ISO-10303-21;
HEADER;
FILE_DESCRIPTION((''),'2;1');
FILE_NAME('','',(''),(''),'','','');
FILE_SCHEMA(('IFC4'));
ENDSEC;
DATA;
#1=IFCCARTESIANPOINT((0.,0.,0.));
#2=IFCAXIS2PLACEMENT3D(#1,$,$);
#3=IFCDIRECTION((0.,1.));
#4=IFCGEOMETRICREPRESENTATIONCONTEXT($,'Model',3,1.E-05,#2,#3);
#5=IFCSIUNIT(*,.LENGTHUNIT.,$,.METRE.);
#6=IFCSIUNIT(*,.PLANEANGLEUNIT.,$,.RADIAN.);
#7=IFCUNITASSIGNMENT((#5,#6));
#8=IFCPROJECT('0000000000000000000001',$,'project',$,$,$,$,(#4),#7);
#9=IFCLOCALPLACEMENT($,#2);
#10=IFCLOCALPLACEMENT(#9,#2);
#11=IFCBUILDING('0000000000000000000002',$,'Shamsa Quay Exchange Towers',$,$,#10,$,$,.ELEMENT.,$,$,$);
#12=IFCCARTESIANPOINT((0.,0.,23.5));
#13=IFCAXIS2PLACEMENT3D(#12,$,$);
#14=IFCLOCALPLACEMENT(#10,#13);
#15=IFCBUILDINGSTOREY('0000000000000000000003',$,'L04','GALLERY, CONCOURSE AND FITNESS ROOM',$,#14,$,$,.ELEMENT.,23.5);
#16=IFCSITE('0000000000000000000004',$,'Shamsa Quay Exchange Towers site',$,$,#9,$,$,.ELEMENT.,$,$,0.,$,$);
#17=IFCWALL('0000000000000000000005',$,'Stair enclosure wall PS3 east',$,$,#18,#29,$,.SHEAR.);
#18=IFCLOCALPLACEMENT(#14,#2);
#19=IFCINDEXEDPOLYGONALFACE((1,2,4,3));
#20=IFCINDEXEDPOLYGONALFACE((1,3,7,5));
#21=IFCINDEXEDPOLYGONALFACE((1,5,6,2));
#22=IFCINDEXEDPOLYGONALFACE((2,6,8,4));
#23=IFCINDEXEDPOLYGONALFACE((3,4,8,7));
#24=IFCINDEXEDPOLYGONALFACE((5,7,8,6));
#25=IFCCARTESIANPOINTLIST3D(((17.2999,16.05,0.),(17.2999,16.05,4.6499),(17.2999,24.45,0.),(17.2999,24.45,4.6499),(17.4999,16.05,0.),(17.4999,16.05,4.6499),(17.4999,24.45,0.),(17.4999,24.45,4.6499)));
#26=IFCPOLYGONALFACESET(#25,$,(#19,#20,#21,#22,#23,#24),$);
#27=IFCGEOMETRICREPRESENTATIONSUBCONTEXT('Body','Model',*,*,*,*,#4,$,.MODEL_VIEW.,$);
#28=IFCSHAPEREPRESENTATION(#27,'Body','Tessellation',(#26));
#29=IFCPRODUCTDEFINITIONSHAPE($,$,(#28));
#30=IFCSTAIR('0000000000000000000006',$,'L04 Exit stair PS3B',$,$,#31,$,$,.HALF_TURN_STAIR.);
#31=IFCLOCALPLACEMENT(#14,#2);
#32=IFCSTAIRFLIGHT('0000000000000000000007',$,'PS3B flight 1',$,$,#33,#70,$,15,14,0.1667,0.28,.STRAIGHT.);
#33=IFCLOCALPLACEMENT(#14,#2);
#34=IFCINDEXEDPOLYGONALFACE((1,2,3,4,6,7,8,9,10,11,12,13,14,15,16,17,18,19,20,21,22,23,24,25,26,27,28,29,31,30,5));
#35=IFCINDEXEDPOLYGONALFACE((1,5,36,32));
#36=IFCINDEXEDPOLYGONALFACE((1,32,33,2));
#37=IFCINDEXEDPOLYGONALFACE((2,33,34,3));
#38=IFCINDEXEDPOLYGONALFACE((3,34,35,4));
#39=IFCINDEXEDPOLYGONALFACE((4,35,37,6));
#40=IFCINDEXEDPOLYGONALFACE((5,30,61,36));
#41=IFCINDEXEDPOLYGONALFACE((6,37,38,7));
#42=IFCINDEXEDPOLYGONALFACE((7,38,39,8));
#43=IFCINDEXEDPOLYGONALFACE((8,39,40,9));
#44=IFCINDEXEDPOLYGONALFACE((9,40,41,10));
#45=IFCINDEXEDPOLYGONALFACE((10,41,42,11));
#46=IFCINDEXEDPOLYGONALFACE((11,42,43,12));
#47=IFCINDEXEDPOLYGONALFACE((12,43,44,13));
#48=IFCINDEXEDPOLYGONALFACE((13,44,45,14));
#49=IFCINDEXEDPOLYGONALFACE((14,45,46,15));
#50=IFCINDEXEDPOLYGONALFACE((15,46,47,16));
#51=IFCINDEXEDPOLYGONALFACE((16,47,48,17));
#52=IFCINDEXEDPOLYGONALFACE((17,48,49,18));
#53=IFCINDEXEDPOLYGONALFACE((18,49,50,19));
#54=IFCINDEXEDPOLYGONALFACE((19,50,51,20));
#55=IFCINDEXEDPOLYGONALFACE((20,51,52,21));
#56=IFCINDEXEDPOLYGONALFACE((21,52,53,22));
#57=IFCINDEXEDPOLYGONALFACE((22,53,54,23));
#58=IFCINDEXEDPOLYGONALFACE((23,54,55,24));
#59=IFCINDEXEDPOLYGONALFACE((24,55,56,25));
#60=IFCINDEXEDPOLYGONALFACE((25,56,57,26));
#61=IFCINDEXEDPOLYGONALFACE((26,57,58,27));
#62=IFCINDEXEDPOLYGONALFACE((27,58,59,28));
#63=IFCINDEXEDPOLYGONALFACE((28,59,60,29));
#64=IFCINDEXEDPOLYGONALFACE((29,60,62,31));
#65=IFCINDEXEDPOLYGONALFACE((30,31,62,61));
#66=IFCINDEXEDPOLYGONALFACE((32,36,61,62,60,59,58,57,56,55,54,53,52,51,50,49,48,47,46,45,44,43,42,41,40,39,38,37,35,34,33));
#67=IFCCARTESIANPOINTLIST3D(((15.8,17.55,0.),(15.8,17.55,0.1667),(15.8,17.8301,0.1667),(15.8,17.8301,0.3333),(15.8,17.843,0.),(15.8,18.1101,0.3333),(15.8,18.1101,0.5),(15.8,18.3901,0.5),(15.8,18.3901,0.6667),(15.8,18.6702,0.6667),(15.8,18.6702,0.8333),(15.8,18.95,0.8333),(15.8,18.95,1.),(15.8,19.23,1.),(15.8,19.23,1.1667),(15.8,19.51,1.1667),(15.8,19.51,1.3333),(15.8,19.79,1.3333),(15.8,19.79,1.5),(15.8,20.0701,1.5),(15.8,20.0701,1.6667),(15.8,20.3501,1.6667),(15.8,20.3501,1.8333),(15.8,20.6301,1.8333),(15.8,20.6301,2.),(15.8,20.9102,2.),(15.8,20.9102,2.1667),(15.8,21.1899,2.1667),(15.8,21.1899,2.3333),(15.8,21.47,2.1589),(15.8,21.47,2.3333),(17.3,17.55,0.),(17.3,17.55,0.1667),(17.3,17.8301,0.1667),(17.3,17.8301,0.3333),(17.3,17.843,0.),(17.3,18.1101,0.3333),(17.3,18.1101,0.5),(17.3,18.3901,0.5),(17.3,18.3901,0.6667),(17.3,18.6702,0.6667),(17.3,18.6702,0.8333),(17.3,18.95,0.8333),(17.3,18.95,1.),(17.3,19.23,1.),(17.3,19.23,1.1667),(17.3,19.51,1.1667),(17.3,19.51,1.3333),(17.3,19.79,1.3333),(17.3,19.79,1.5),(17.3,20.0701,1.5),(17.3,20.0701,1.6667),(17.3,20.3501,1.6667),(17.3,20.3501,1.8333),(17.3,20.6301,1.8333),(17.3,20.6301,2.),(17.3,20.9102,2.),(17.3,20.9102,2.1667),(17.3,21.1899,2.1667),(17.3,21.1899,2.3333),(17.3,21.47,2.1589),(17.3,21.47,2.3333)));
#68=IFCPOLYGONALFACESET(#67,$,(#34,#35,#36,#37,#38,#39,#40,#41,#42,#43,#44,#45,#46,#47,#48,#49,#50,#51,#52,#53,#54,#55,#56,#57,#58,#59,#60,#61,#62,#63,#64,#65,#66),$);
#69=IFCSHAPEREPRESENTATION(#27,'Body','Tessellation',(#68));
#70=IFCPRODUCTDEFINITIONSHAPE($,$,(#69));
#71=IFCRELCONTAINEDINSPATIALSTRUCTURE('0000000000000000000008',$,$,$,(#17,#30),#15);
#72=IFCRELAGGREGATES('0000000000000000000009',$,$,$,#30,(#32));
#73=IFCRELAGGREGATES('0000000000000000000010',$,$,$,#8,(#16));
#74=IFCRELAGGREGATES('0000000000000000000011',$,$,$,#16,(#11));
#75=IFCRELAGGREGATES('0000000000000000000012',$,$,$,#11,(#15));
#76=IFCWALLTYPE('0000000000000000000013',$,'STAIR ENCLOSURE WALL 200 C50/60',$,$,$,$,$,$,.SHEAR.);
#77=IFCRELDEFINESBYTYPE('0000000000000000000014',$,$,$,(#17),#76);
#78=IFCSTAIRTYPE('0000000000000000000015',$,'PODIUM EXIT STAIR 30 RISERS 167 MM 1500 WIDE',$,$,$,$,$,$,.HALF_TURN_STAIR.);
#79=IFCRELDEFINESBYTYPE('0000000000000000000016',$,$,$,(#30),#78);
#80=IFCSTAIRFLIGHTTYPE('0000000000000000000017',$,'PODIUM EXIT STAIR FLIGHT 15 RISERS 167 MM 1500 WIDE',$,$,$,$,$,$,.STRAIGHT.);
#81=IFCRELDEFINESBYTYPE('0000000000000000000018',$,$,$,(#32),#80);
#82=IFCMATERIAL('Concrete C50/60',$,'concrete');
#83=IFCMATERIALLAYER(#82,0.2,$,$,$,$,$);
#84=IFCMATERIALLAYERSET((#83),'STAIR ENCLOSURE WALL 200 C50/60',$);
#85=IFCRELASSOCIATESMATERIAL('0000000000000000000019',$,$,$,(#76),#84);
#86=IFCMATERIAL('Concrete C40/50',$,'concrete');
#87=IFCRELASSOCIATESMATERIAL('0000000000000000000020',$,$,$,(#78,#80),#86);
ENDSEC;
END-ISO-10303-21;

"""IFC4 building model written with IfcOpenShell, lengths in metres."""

from ifc_helpers import new_model, si_unit, direction, frame, frame_2d, origin, place, context, subcontext, project, spatial, polyline, rectangle, outline, extrude, material, layer, layer_set, type_object, element, aggregate, save


model = new_model("IFC4")

# Units and contexts
model_context = context("Model", 3, precision=1e-05, world=origin(), true_north=direction((0.0, 1.0)))
body_context = subcontext(model_context, "Body", "Model", "MODEL_VIEW")
ifc_project = project(units=[si_unit("LENGTHUNIT", "METRE"), si_unit("PLANEANGLEUNIT", "RADIAN")], contexts=[model_context])

# Site, building, storey
site_placement = place(None, origin())
site = spatial("IfcSite", under=ifc_project, at=site_placement, Name="Shamsa Quay Exchange Towers site", CompositionType="ELEMENT", RefElevation=0.0)
building_placement = place(site_placement, origin())
building = spatial("IfcBuilding", under=site, at=building_placement, Name="Shamsa Quay Exchange Towers", CompositionType="ELEMENT")
storey_placement = place(building_placement, frame((0.0, 0.0, 23.5)))
storey = spatial("IfcBuildingStorey", under=building, at=storey_placement, Name="L04", Description="GALLERY, CONCOURSE AND FITNESS ROOM", CompositionType="ELEMENT", Elevation=23.5)

# Wall
ifc_material_1 = material(Name="Concrete C50/60", Category="concrete")
ifc_layer_1 = layer(ifc_material_1, 0.2)
ifc_layer_set_1 = layer_set([ifc_layer_1], Name="STAIR ENCLOSURE WALL 200 C50/60")
wall_type_1 = type_object("IfcWallType", Name="STAIR ENCLOSURE WALL 200 C50/60", PredefinedType="SHEAR", material=ifc_layer_set_1)
wall_1_placement = place(storey_placement, frame((17.3999, 16.05, 0.0), z_axis=(0.0, 0.0, 1.0), x_axis=(0.0, 1.0, 0.0)))
element("IfcWall", 1, at=wall_1_placement, inside=storey, type_object=wall_type_1, Name="Stair enclosure wall PS3 east", PredefinedType="SHEAR", context=body_context, shape_type="SweptSolid", body=[
    extrude(rectangle(XDim=8.3999, YDim=0.2, at=frame_2d((4.2, 0.0))), origin(), (0.0, 0.0, 1.0), 4.6499),
])

# Stair, stair flight
ifc_material_2 = material(Name="Concrete C40/50", Category="concrete")
stair_type = type_object("IfcStairType", Name="PODIUM EXIT STAIR 30 RISERS 167 MM 1500 WIDE", PredefinedType="HALF_TURN_STAIR", material=ifc_material_2)
stair_placement = place(storey_placement, origin())
stair = element("IfcStair", 2, at=stair_placement, inside=storey, type_object=stair_type, Name="L04 Exit stair PS3B", PredefinedType="HALF_TURN_STAIR")
stair_flight_type = type_object("IfcStairFlightType", Name="PODIUM EXIT STAIR FLIGHT 15 RISERS 167 MM 1500 WIDE", PredefinedType="STRAIGHT", material=ifc_material_2)
stair_flight_placement = place(storey_placement, frame((16.55, 17.55, 0.0), z_axis=(0.0, 0.0, 1.0), x_axis=(0.0, 1.0, 0.0)))
stair_flight = element("IfcStairFlight", 3, at=stair_flight_placement, type_object=stair_flight_type, Name="PS3B flight 1", NumberOfRisers=15, NumberOfTreads=14, PredefinedType="STRAIGHT", RiserHeight=0.1667, TreadLength=0.28, context=body_context, shape_type="SweptSolid", body=[
    extrude(outline(polyline([(0.0, 0.0), (0.0, 0.1667), (0.28, 0.1667), (0.28, 0.3333), (0.5601, 0.3333), (0.5601, 0.5), (0.8401, 0.5), (0.8401, 0.6667), (1.1201, 0.6667), (1.1201, 0.8333), (1.3999, 0.8333), (1.3999, 1.0), (1.6799, 1.0), (1.6799, 1.1667), (1.96, 1.1667), (1.96, 1.3333), (2.24, 1.3333), (2.24, 1.5), (2.52, 1.5), (2.52, 1.6667), (2.8, 1.6667), (2.8, 1.8333), (3.0801, 1.8333), (3.0801, 2.0), (3.3601, 2.0), (3.3601, 2.1667), (3.6399, 2.1667), (3.6399, 2.3333), (3.9199, 2.3333), (3.9199, 2.5), (3.9199, 2.1589), (0.293, 0.0), (0.0, 0.0)])), frame((0.0, 0.75, 0.0), z_axis=(0.0, -1.0, 0.0), x_axis=(1.0, 0.0, 0.0)), (0.0, 0.0, 1.0), 1.5),
])
aggregate(stair, [stair_flight])

save(model, "model.ifc")
